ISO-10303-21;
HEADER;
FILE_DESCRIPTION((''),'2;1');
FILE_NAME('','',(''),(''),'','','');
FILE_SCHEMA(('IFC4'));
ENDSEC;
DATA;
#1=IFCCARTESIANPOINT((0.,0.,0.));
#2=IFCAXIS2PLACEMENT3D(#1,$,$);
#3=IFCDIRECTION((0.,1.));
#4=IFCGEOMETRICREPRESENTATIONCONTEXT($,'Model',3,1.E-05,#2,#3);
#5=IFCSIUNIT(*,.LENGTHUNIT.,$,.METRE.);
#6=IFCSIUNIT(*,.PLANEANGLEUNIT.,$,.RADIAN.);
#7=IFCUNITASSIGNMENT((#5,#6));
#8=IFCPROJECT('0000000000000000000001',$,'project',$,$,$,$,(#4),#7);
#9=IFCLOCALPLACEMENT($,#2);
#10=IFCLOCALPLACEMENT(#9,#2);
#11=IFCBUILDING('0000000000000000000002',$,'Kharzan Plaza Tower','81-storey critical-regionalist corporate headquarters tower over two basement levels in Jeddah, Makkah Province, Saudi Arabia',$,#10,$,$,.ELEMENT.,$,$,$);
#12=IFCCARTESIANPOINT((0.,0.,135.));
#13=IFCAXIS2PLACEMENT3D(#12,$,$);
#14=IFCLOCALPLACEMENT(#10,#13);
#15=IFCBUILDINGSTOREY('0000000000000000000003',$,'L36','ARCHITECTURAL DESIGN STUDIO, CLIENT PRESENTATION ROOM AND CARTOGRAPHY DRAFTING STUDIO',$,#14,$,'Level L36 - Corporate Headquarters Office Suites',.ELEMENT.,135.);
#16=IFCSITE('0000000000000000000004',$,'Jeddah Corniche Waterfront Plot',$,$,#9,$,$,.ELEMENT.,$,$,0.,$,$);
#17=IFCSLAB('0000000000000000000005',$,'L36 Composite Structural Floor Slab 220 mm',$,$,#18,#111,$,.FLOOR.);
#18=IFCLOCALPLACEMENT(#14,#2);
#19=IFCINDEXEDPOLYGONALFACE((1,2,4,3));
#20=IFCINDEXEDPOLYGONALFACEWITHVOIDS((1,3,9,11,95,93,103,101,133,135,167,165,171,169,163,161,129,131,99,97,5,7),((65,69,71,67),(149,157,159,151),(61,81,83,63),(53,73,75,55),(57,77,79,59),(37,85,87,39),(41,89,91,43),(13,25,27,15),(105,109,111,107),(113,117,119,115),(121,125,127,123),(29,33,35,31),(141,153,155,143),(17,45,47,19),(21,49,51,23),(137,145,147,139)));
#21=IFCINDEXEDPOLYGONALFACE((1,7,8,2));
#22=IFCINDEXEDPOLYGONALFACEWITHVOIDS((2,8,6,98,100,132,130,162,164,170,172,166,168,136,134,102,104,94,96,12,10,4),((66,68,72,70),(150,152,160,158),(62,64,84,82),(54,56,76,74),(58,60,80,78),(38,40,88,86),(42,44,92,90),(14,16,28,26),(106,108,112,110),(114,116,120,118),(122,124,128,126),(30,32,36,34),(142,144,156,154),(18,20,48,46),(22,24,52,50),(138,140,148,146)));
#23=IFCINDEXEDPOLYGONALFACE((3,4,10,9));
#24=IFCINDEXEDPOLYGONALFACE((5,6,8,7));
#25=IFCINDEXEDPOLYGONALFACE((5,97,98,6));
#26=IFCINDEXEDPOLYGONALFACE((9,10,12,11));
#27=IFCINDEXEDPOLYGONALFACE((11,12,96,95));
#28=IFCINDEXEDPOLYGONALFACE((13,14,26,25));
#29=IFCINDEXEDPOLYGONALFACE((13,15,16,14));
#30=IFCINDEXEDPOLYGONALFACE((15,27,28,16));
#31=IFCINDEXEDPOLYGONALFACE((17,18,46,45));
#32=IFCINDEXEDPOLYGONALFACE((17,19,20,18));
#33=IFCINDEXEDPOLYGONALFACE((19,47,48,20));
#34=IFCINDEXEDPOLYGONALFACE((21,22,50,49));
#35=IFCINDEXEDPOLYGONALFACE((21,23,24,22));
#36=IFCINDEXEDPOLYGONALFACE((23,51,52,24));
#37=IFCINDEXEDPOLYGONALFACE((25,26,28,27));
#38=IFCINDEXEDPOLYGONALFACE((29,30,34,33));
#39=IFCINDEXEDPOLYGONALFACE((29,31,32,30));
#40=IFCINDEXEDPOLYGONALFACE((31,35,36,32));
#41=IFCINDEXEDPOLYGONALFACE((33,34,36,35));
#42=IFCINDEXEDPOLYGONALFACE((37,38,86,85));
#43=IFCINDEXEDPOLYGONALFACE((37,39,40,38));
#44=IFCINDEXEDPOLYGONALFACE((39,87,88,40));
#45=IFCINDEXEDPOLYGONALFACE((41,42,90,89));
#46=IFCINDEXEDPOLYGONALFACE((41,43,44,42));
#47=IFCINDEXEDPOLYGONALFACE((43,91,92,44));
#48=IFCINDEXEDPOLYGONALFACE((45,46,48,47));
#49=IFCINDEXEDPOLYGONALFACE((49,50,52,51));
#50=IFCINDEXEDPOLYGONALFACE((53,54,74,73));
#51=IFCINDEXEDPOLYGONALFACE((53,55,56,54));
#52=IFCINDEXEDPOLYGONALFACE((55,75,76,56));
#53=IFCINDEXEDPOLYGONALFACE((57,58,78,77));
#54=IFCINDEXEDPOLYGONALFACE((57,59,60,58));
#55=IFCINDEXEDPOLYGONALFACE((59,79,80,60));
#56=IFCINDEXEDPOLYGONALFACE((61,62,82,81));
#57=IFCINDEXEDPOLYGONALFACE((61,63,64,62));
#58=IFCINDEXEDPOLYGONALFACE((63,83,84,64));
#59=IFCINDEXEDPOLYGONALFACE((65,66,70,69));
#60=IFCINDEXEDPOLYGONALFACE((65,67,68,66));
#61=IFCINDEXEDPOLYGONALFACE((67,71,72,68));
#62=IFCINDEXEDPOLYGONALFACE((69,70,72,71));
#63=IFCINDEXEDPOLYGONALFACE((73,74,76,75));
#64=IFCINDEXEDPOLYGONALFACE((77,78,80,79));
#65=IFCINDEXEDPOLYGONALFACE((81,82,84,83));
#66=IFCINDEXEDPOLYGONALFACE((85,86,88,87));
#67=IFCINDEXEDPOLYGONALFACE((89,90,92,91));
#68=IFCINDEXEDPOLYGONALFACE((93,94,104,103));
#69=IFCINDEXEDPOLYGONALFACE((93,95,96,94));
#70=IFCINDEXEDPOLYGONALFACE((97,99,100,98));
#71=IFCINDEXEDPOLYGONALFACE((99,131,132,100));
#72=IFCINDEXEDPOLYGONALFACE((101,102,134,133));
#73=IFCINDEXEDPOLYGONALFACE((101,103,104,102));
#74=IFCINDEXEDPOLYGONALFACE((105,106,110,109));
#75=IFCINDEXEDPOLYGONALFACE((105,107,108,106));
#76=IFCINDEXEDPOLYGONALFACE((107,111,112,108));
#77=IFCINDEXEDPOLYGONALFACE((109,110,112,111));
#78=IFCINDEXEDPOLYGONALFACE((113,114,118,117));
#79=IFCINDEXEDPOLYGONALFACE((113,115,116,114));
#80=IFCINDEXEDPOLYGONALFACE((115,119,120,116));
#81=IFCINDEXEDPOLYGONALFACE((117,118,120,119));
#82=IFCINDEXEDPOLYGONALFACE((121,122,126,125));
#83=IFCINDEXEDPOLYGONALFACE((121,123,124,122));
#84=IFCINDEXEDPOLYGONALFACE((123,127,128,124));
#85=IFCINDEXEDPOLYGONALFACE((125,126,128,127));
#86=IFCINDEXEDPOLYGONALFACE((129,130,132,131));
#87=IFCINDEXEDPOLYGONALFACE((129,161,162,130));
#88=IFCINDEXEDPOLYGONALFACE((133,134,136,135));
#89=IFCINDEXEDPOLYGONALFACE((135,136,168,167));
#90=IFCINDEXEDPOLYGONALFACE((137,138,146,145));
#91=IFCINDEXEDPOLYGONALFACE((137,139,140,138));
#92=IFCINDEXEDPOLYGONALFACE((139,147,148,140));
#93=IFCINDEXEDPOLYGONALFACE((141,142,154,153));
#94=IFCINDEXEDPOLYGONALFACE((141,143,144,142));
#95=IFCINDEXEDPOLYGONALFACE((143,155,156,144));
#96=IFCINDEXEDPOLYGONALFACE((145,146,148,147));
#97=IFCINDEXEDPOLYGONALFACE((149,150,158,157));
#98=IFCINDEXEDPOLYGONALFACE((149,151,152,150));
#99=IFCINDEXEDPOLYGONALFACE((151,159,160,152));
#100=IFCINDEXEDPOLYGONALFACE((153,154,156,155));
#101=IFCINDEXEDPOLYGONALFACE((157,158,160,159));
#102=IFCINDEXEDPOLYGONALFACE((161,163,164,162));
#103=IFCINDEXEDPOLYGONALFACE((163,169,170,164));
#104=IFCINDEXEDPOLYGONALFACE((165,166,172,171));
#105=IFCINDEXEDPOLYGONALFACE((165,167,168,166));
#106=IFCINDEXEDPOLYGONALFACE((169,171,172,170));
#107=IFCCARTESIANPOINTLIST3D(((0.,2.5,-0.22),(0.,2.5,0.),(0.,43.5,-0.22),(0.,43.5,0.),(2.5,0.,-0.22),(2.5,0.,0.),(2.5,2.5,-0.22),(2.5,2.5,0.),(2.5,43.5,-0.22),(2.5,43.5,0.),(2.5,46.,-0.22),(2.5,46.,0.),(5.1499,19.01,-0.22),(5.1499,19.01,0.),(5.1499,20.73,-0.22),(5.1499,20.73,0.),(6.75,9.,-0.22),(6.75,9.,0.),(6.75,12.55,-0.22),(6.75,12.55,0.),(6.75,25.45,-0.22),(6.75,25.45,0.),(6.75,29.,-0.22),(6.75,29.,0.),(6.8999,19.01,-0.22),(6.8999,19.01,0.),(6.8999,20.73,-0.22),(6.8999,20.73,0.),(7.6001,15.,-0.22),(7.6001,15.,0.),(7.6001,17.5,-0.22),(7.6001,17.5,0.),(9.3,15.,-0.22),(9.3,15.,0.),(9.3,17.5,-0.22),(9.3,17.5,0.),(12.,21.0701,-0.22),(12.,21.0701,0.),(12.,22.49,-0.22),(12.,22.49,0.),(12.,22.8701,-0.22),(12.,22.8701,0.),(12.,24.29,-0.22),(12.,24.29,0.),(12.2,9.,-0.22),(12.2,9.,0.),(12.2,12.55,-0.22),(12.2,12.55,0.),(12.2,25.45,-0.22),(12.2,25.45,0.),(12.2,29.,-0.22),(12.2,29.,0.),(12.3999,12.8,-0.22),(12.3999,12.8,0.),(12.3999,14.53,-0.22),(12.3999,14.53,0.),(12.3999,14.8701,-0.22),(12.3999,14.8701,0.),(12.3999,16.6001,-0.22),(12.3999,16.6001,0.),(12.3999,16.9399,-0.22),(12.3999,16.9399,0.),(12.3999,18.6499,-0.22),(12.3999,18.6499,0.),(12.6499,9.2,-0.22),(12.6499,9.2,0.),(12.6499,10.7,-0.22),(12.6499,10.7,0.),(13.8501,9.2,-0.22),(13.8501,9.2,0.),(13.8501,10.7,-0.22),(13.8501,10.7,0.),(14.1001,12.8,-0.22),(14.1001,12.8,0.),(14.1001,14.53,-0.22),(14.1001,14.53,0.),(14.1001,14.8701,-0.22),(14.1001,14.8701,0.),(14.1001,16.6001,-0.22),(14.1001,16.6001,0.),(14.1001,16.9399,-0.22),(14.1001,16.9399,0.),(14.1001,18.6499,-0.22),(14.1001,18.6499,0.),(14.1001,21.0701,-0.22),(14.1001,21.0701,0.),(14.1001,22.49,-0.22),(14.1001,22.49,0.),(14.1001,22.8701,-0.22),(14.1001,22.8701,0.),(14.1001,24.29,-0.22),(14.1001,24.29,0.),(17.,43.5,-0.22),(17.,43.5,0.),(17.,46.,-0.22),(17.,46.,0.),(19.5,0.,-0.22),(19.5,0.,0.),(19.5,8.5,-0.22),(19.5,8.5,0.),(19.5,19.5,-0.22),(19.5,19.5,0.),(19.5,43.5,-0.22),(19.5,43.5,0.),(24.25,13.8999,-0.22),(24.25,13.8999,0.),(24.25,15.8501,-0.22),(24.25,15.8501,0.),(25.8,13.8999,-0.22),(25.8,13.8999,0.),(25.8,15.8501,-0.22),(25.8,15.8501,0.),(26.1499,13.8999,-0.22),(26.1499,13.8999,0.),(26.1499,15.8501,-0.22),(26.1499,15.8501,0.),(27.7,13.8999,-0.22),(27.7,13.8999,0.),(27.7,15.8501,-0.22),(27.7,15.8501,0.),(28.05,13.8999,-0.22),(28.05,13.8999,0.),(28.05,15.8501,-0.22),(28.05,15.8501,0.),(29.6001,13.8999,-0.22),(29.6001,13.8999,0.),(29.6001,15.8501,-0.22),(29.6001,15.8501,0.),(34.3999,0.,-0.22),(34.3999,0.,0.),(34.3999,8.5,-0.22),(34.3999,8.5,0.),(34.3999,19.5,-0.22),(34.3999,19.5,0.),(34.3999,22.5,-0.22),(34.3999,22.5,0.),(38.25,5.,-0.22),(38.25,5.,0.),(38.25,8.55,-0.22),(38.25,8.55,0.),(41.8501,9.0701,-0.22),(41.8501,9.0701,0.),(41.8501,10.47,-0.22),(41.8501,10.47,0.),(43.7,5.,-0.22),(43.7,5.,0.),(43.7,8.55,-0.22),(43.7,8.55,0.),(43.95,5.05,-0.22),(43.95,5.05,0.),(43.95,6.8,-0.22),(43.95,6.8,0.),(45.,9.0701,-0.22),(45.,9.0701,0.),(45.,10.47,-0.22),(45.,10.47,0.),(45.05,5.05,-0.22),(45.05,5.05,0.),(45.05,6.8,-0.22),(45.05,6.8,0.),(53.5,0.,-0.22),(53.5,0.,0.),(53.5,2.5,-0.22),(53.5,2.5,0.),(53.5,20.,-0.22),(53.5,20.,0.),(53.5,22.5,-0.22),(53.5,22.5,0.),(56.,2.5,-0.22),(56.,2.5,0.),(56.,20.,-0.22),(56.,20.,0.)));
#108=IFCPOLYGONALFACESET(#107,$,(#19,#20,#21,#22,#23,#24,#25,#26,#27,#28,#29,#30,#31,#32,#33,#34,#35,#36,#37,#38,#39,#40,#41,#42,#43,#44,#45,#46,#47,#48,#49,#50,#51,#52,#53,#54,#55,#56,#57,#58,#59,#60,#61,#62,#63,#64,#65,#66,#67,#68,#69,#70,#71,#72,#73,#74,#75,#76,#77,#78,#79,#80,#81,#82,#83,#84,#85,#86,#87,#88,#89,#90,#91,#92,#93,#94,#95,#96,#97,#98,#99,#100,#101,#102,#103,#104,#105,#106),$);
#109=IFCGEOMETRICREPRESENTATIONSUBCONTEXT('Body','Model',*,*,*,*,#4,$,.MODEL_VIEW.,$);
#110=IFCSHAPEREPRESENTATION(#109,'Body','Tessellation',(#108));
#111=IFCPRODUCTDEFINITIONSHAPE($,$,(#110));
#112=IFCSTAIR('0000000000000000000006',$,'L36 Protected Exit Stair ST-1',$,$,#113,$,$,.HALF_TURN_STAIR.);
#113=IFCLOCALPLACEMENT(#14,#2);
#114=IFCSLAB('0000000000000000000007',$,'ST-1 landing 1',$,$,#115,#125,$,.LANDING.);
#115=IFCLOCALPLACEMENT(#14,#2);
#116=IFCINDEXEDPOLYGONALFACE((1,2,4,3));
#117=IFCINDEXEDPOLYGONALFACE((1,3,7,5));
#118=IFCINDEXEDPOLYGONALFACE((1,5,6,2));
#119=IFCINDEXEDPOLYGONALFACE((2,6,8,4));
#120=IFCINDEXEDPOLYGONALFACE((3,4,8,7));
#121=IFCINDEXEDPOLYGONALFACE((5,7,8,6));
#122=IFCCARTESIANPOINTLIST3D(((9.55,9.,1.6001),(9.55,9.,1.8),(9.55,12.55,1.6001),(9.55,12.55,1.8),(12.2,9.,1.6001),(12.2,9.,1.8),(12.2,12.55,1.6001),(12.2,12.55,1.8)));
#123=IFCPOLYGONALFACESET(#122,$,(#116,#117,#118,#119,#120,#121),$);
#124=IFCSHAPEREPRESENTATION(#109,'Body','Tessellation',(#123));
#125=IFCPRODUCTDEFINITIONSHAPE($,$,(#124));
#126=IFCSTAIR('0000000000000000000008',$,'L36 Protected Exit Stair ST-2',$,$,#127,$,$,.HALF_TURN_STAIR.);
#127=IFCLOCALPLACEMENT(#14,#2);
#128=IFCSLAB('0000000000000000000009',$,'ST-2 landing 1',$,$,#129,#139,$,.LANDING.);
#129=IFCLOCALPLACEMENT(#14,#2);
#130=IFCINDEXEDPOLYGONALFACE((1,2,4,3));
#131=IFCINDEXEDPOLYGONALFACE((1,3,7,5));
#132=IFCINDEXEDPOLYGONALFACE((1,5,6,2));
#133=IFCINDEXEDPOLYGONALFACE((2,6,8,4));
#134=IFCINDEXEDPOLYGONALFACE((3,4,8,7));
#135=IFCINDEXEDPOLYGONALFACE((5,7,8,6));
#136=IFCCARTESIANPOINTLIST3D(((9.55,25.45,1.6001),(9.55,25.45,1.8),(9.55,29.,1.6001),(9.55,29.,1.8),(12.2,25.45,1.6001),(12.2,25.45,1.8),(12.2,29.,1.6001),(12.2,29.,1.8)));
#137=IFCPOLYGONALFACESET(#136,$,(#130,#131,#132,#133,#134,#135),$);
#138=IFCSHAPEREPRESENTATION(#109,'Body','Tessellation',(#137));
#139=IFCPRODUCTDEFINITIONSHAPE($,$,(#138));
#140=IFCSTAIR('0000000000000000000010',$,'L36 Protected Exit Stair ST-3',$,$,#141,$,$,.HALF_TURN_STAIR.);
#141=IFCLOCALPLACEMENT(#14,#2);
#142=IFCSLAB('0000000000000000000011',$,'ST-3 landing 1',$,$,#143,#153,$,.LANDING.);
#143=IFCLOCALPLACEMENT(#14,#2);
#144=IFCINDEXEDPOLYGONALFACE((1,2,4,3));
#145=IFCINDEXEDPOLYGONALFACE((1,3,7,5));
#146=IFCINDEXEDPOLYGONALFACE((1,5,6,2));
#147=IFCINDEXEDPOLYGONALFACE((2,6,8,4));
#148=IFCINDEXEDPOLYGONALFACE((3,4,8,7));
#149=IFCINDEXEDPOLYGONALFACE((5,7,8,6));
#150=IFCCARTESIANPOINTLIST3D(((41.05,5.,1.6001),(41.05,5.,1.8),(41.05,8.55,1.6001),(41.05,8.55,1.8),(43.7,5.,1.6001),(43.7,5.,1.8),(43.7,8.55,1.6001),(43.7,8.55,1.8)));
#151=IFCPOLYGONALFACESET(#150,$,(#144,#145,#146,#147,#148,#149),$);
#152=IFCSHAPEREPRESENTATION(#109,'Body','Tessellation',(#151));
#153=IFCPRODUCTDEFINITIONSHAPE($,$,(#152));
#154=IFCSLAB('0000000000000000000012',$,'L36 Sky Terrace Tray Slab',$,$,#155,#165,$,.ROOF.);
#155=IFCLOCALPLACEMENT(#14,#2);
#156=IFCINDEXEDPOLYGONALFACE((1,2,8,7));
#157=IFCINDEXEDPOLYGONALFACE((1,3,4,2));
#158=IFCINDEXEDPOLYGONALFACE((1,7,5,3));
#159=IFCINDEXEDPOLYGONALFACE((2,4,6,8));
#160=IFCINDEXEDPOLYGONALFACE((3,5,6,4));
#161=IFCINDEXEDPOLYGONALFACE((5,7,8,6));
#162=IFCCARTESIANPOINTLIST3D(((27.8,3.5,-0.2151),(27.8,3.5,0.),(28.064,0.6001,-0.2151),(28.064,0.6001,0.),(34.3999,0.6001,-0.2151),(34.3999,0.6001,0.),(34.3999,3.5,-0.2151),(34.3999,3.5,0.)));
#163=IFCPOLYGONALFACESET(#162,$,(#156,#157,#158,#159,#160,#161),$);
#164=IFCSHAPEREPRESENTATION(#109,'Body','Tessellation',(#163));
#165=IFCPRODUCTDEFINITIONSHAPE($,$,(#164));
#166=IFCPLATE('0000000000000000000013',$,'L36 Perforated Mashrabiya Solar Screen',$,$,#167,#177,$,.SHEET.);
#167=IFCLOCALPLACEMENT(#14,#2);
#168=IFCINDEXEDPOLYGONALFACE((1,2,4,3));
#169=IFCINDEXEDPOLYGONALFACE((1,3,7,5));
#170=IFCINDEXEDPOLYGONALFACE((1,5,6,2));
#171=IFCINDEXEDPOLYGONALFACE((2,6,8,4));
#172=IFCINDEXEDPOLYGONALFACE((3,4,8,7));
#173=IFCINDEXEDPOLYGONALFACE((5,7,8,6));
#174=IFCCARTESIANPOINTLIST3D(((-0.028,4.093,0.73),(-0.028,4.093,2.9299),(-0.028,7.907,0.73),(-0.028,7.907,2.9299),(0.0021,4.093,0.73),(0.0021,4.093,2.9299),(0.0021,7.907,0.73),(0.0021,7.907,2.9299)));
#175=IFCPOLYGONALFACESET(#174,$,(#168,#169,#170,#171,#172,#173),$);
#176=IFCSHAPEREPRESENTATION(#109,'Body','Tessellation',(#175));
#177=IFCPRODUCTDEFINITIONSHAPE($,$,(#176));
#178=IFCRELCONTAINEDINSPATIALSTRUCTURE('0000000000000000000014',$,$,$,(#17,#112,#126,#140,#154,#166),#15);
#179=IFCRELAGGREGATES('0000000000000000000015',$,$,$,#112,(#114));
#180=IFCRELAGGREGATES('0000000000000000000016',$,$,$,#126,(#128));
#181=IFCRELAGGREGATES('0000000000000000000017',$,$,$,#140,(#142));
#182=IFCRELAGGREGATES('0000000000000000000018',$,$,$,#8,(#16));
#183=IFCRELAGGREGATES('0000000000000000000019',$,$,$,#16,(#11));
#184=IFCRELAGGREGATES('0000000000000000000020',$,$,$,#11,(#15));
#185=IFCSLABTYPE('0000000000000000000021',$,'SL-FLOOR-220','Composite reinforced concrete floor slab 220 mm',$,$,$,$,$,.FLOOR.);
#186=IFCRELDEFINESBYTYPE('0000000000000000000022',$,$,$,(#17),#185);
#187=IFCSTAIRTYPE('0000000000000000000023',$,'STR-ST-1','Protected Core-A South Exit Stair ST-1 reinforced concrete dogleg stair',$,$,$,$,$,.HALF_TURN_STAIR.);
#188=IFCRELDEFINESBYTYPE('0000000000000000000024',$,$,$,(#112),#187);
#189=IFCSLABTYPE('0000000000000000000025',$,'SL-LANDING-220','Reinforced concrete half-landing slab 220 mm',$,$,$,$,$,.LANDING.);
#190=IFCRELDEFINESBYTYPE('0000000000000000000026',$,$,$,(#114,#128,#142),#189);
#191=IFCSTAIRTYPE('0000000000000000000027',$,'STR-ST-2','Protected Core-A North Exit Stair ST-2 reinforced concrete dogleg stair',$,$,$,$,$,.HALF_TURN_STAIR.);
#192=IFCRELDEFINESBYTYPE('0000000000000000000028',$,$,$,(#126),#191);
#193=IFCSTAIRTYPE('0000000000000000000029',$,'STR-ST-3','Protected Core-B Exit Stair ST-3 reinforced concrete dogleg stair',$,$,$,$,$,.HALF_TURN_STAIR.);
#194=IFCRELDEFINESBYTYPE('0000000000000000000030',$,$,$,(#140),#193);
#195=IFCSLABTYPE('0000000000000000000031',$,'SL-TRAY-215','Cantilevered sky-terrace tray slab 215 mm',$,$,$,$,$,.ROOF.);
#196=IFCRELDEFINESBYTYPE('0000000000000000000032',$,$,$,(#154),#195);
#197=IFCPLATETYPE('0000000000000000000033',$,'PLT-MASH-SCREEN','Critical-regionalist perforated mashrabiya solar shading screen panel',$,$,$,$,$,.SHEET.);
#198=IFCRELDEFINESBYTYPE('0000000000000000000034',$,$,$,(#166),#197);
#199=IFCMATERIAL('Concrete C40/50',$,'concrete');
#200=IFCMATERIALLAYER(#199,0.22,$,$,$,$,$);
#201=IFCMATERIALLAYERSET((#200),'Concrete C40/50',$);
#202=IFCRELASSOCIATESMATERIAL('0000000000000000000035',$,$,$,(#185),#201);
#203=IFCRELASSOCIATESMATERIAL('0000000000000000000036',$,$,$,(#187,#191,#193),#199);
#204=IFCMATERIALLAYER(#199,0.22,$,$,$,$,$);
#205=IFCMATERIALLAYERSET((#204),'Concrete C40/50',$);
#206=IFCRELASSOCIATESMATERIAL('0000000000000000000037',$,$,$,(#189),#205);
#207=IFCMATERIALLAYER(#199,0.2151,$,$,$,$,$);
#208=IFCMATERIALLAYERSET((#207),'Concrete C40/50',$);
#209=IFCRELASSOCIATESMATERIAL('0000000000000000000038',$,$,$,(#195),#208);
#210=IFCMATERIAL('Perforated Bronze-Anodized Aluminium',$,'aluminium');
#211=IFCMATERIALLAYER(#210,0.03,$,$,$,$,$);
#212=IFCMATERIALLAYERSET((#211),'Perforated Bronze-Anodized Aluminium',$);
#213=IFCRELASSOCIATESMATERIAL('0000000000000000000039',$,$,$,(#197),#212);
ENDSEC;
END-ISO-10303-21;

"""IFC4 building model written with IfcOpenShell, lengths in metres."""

from ifc_helpers import new_model, si_unit, direction, frame, origin, origin_2d, place, context, subcontext, project, spatial, polyline, rectangle, outline, extrude, source, transform, mapped, material, layer, layer_set, type_object, element, aggregate, save


model = new_model("IFC4")

# Units and contexts
model_context = context("Model", 3, precision=1e-05, world=origin(), true_north=direction((0.0, 1.0)))
body_context = subcontext(model_context, "Body", "Model", "MODEL_VIEW")
ifc_project = project(units=[si_unit("LENGTHUNIT", "METRE"), si_unit("PLANEANGLEUNIT", "RADIAN")], contexts=[model_context])

# Site, building, storey
site_placement = place(None, origin())
site = spatial("IfcSite", under=ifc_project, at=site_placement, Name="Jeddah Corniche Waterfront Plot", CompositionType="ELEMENT", RefElevation=0.0)
building_placement = place(site_placement, origin())
building = spatial("IfcBuilding", under=site, at=building_placement, Name="Kharzan Plaza Tower", Description="81-storey critical-regionalist corporate headquarters tower over two basement levels in Jeddah, Makkah Province, Saudi Arabia", CompositionType="ELEMENT")
storey_placement = place(building_placement, frame((0.0, 0.0, 135.0)))
storey = spatial("IfcBuildingStorey", under=building, at=storey_placement, Name="L36", Description="ARCHITECTURAL DESIGN STUDIO, CLIENT PRESENTATION ROOM AND CARTOGRAPHY DRAFTING STUDIO", LongName="Level L36 - Corporate Headquarters Office Suites", CompositionType="ELEMENT", Elevation=135.0)

# Slab
ifc_material_1 = material(Name="Concrete C40/50", Category="concrete")
ifc_layer_1 = layer(ifc_material_1, 0.22)
ifc_layer_set_1 = layer_set([ifc_layer_1], Name="Concrete C40/50")
slab_type_1 = type_object("IfcSlabType", Name="SL-FLOOR-220", Description="Composite reinforced concrete floor slab 220 mm", PredefinedType="FLOOR", material=ifc_layer_set_1)
slab_1_placement = place(storey_placement, frame((0.0, 0.0, -0.22)))
element("IfcSlab", 1, at=slab_1_placement, inside=storey, type_object=slab_type_1, Name="L36 Composite Structural Floor Slab 220 mm", PredefinedType="FLOOR", context=body_context, shape_type="SweptSolid", body=[
    extrude(outline(polyline([(34.3999, 19.5), (19.5, 19.5), (19.5, 43.5), (17.0, 43.5), (17.0, 46.0), (2.5, 46.0), (2.5, 43.5), (0.0, 43.5), (0.0, 2.5), (2.5, 2.5), (2.5, 0.0), (19.5, 0.0), (19.5, 8.5), (34.3999, 8.5), (34.3999, 0.0), (53.5, 0.0), (53.5, 2.5), (56.0, 2.5), (56.0, 20.0), (53.5, 20.0), (53.5, 22.5), (34.3999, 22.5), (34.3999, 19.5)]), holes=[polyline([(12.2, 9.0), (12.2, 12.55), (6.75, 12.55), (6.75, 9.0), (12.2, 9.0)]), polyline([(14.1001, 12.8), (14.1001, 14.53), (12.3999, 14.53), (12.3999, 12.8), (14.1001, 12.8)]), polyline([(14.1001, 14.8701), (14.1001, 16.6001), (12.3999, 16.6001), (12.3999, 14.8701), (14.1001, 14.8701)]), polyline([(9.3, 15.0), (9.3, 17.5), (7.6001, 17.5), (7.6001, 15.0), (9.3, 15.0)]), polyline([(6.8999, 19.01), (6.8999, 20.73), (5.1499, 20.73), (5.1499, 19.01), (6.8999, 19.01)]), polyline([(14.1001, 21.0701), (14.1001, 22.49), (12.0, 22.49), (12.0, 21.0701), (14.1001, 21.0701)]), polyline([(14.1001, 22.8701), (14.1001, 24.29), (12.0, 24.29), (12.0, 22.8701), (14.1001, 22.8701)]), polyline([(12.2, 25.45), (12.2, 29.0), (6.75, 29.0), (6.75, 25.45), (12.2, 25.45)]), polyline([(45.05, 5.05), (45.05, 6.8), (43.95, 6.8), (43.95, 5.05), (45.05, 5.05)]), polyline([(43.7, 5.0), (43.7, 8.55), (38.25, 8.55), (38.25, 5.0), (43.7, 5.0)]), polyline([(45.0, 9.0701), (45.0, 10.47), (41.8501, 10.47), (41.8501, 9.0701), (45.0, 9.0701)]), polyline([(13.8501, 9.2), (13.8501, 10.7), (12.6499, 10.7), (12.6499, 9.2), (13.8501, 9.2)]), polyline([(25.8, 13.8999), (25.8, 15.8501), (24.25, 15.8501), (24.25, 13.8999), (25.8, 13.8999)]), polyline([(27.7, 13.8999), (27.7, 15.8501), (26.1499, 15.8501), (26.1499, 13.8999), (27.7, 13.8999)]), polyline([(29.6001, 13.8999), (29.6001, 15.8501), (28.05, 15.8501), (28.05, 13.8999), (29.6001, 13.8999)]), polyline([(14.1001, 16.9399), (14.1001, 18.6499), (12.3999, 18.6499), (12.3999, 16.9399), (14.1001, 16.9399)])]), origin(), (0.0, 0.0, 1.0), 0.22),
])

# Stairs, slabs
stair_type_1 = type_object("IfcStairType", Name="STR-ST-1", Description="Protected Core-A South Exit Stair ST-1 reinforced concrete dogleg stair", PredefinedType="HALF_TURN_STAIR", material=ifc_material_1)
stair_1_placement = place(storey_placement, origin())
stair_1 = element("IfcStair", 2, at=stair_1_placement, inside=storey, type_object=stair_type_1, Name="L36 Protected Exit Stair ST-1", PredefinedType="HALF_TURN_STAIR")
ifc_layer_2 = layer(ifc_material_1, 0.22)
ifc_layer_set_2 = layer_set([ifc_layer_2], Name="Concrete C40/50")
slab_type_2 = type_object("IfcSlabType", Name="SL-LANDING-220", Description="Reinforced concrete half-landing slab 220 mm", PredefinedType="LANDING", material=ifc_layer_set_2)
slab_2_placement = place(storey_placement, frame((0.0, 0.0, 1.6001)))
slab_2 = element("IfcSlab", 3, at=slab_2_placement, type_object=slab_type_2, Name="ST-1 landing 1", PredefinedType="LANDING", context=body_context, shape_type="SweptSolid", body=[
    extrude(outline(polyline([(9.55, 9.0), (12.2, 9.0), (12.2, 12.55), (9.55, 12.55), (9.55, 9.0)])), origin(), (0.0, 0.0, 1.0), 0.2),
])
aggregate(stair_1, [slab_2])
stair_type_2 = type_object("IfcStairType", Name="STR-ST-2", Description="Protected Core-A North Exit Stair ST-2 reinforced concrete dogleg stair", PredefinedType="HALF_TURN_STAIR", material=ifc_material_1)
stair_2_placement = place(storey_placement, origin())
stair_2 = element("IfcStair", 4, at=stair_2_placement, inside=storey, type_object=stair_type_2, Name="L36 Protected Exit Stair ST-2", PredefinedType="HALF_TURN_STAIR")
slab_3_placement = place(storey_placement, frame((0.0, 0.0, 1.6001)))
slab_3 = element("IfcSlab", 5, at=slab_3_placement, type_object=slab_type_2, Name="ST-2 landing 1", PredefinedType="LANDING", context=body_context, shape_type="SweptSolid", body=[
    extrude(outline(polyline([(9.55, 25.45), (12.2, 25.45), (12.2, 29.0), (9.55, 29.0), (9.55, 25.45)])), origin(), (0.0, 0.0, 1.0), 0.2),
])
aggregate(stair_2, [slab_3])
stair_type_3 = type_object("IfcStairType", Name="STR-ST-3", Description="Protected Core-B Exit Stair ST-3 reinforced concrete dogleg stair", PredefinedType="HALF_TURN_STAIR", material=ifc_material_1)
stair_3_placement = place(storey_placement, origin())
stair_3 = element("IfcStair", 6, at=stair_3_placement, inside=storey, type_object=stair_type_3, Name="L36 Protected Exit Stair ST-3", PredefinedType="HALF_TURN_STAIR")
slab_4_placement = place(storey_placement, frame((0.0, 0.0, 1.6001)))
slab_4 = element("IfcSlab", 7, at=slab_4_placement, type_object=slab_type_2, Name="ST-3 landing 1", PredefinedType="LANDING", context=body_context, shape_type="SweptSolid", body=[
    extrude(outline(polyline([(41.05, 5.0), (43.7, 5.0), (43.7, 8.55), (41.05, 8.55), (41.05, 5.0)])), origin(), (0.0, 0.0, 1.0), 0.2),
])
aggregate(stair_3, [slab_4])

# Slab
ifc_layer_3 = layer(ifc_material_1, 0.2151)
ifc_layer_set_3 = layer_set([ifc_layer_3], Name="Concrete C40/50")
slab_type_3 = type_object("IfcSlabType", Name="SL-TRAY-215", Description="Cantilevered sky-terrace tray slab 215 mm", PredefinedType="ROOF", material=ifc_layer_set_3)
slab_5_placement = place(storey_placement, frame((0.0, 0.0, -0.2151)))
element("IfcSlab", 8, at=slab_5_placement, inside=storey, type_object=slab_type_3, Name="L36 Sky Terrace Tray Slab", PredefinedType="ROOF", context=body_context, shape_type="SweptSolid", body=[
    extrude(outline(polyline([(28.064, 0.6001), (34.3999, 0.6001), (34.3999, 3.5), (27.8, 3.5), (28.064, 0.6001)])), origin(), (0.0, 0.0, 1.0), 0.2151),
])

# Plate
ifc_material_2 = material(Name="Perforated Bronze-Anodized Aluminium", Category="aluminium")
ifc_layer_4 = layer(ifc_material_2, 0.03)
ifc_layer_set_4 = layer_set([ifc_layer_4], Name="Perforated Bronze-Anodized Aluminium")
plate_type = type_object("IfcPlateType", Name="PLT-MASH-SCREEN", Description="Critical-regionalist perforated mashrabiya solar shading screen panel", PredefinedType="SHEET", material=ifc_layer_set_4)
shared_shape_1 = source(origin(), body_context, "Body", "SweptSolid", [
    extrude(rectangle(XDim=3.814, YDim=0.03, at=origin_2d()), origin(), (0.0, 0.0, 1.0), 2.2),
])
plate_placement = place(storey_placement, frame((-0.0129, 6.0, 0.73), z_axis=(0.0, 0.0, 1.0), x_axis=(0.0, -1.0, 0.0)))
element("IfcPlate", 9, at=plate_placement, inside=storey, type_object=plate_type, Name="L36 Perforated Mashrabiya Solar Screen", PredefinedType="SHEET", context=body_context, shape_type="MappedRepresentation", body=[
    mapped(shared_shape_1, transform((0.0, 0.0, 0.0), x_axis=(1.0, 0.0, 0.0), y_axis=(0.0, 1.0, 0.0), z_axis=(0.0, 0.0, 1.0))),
])

save(model, "model.ifc")
